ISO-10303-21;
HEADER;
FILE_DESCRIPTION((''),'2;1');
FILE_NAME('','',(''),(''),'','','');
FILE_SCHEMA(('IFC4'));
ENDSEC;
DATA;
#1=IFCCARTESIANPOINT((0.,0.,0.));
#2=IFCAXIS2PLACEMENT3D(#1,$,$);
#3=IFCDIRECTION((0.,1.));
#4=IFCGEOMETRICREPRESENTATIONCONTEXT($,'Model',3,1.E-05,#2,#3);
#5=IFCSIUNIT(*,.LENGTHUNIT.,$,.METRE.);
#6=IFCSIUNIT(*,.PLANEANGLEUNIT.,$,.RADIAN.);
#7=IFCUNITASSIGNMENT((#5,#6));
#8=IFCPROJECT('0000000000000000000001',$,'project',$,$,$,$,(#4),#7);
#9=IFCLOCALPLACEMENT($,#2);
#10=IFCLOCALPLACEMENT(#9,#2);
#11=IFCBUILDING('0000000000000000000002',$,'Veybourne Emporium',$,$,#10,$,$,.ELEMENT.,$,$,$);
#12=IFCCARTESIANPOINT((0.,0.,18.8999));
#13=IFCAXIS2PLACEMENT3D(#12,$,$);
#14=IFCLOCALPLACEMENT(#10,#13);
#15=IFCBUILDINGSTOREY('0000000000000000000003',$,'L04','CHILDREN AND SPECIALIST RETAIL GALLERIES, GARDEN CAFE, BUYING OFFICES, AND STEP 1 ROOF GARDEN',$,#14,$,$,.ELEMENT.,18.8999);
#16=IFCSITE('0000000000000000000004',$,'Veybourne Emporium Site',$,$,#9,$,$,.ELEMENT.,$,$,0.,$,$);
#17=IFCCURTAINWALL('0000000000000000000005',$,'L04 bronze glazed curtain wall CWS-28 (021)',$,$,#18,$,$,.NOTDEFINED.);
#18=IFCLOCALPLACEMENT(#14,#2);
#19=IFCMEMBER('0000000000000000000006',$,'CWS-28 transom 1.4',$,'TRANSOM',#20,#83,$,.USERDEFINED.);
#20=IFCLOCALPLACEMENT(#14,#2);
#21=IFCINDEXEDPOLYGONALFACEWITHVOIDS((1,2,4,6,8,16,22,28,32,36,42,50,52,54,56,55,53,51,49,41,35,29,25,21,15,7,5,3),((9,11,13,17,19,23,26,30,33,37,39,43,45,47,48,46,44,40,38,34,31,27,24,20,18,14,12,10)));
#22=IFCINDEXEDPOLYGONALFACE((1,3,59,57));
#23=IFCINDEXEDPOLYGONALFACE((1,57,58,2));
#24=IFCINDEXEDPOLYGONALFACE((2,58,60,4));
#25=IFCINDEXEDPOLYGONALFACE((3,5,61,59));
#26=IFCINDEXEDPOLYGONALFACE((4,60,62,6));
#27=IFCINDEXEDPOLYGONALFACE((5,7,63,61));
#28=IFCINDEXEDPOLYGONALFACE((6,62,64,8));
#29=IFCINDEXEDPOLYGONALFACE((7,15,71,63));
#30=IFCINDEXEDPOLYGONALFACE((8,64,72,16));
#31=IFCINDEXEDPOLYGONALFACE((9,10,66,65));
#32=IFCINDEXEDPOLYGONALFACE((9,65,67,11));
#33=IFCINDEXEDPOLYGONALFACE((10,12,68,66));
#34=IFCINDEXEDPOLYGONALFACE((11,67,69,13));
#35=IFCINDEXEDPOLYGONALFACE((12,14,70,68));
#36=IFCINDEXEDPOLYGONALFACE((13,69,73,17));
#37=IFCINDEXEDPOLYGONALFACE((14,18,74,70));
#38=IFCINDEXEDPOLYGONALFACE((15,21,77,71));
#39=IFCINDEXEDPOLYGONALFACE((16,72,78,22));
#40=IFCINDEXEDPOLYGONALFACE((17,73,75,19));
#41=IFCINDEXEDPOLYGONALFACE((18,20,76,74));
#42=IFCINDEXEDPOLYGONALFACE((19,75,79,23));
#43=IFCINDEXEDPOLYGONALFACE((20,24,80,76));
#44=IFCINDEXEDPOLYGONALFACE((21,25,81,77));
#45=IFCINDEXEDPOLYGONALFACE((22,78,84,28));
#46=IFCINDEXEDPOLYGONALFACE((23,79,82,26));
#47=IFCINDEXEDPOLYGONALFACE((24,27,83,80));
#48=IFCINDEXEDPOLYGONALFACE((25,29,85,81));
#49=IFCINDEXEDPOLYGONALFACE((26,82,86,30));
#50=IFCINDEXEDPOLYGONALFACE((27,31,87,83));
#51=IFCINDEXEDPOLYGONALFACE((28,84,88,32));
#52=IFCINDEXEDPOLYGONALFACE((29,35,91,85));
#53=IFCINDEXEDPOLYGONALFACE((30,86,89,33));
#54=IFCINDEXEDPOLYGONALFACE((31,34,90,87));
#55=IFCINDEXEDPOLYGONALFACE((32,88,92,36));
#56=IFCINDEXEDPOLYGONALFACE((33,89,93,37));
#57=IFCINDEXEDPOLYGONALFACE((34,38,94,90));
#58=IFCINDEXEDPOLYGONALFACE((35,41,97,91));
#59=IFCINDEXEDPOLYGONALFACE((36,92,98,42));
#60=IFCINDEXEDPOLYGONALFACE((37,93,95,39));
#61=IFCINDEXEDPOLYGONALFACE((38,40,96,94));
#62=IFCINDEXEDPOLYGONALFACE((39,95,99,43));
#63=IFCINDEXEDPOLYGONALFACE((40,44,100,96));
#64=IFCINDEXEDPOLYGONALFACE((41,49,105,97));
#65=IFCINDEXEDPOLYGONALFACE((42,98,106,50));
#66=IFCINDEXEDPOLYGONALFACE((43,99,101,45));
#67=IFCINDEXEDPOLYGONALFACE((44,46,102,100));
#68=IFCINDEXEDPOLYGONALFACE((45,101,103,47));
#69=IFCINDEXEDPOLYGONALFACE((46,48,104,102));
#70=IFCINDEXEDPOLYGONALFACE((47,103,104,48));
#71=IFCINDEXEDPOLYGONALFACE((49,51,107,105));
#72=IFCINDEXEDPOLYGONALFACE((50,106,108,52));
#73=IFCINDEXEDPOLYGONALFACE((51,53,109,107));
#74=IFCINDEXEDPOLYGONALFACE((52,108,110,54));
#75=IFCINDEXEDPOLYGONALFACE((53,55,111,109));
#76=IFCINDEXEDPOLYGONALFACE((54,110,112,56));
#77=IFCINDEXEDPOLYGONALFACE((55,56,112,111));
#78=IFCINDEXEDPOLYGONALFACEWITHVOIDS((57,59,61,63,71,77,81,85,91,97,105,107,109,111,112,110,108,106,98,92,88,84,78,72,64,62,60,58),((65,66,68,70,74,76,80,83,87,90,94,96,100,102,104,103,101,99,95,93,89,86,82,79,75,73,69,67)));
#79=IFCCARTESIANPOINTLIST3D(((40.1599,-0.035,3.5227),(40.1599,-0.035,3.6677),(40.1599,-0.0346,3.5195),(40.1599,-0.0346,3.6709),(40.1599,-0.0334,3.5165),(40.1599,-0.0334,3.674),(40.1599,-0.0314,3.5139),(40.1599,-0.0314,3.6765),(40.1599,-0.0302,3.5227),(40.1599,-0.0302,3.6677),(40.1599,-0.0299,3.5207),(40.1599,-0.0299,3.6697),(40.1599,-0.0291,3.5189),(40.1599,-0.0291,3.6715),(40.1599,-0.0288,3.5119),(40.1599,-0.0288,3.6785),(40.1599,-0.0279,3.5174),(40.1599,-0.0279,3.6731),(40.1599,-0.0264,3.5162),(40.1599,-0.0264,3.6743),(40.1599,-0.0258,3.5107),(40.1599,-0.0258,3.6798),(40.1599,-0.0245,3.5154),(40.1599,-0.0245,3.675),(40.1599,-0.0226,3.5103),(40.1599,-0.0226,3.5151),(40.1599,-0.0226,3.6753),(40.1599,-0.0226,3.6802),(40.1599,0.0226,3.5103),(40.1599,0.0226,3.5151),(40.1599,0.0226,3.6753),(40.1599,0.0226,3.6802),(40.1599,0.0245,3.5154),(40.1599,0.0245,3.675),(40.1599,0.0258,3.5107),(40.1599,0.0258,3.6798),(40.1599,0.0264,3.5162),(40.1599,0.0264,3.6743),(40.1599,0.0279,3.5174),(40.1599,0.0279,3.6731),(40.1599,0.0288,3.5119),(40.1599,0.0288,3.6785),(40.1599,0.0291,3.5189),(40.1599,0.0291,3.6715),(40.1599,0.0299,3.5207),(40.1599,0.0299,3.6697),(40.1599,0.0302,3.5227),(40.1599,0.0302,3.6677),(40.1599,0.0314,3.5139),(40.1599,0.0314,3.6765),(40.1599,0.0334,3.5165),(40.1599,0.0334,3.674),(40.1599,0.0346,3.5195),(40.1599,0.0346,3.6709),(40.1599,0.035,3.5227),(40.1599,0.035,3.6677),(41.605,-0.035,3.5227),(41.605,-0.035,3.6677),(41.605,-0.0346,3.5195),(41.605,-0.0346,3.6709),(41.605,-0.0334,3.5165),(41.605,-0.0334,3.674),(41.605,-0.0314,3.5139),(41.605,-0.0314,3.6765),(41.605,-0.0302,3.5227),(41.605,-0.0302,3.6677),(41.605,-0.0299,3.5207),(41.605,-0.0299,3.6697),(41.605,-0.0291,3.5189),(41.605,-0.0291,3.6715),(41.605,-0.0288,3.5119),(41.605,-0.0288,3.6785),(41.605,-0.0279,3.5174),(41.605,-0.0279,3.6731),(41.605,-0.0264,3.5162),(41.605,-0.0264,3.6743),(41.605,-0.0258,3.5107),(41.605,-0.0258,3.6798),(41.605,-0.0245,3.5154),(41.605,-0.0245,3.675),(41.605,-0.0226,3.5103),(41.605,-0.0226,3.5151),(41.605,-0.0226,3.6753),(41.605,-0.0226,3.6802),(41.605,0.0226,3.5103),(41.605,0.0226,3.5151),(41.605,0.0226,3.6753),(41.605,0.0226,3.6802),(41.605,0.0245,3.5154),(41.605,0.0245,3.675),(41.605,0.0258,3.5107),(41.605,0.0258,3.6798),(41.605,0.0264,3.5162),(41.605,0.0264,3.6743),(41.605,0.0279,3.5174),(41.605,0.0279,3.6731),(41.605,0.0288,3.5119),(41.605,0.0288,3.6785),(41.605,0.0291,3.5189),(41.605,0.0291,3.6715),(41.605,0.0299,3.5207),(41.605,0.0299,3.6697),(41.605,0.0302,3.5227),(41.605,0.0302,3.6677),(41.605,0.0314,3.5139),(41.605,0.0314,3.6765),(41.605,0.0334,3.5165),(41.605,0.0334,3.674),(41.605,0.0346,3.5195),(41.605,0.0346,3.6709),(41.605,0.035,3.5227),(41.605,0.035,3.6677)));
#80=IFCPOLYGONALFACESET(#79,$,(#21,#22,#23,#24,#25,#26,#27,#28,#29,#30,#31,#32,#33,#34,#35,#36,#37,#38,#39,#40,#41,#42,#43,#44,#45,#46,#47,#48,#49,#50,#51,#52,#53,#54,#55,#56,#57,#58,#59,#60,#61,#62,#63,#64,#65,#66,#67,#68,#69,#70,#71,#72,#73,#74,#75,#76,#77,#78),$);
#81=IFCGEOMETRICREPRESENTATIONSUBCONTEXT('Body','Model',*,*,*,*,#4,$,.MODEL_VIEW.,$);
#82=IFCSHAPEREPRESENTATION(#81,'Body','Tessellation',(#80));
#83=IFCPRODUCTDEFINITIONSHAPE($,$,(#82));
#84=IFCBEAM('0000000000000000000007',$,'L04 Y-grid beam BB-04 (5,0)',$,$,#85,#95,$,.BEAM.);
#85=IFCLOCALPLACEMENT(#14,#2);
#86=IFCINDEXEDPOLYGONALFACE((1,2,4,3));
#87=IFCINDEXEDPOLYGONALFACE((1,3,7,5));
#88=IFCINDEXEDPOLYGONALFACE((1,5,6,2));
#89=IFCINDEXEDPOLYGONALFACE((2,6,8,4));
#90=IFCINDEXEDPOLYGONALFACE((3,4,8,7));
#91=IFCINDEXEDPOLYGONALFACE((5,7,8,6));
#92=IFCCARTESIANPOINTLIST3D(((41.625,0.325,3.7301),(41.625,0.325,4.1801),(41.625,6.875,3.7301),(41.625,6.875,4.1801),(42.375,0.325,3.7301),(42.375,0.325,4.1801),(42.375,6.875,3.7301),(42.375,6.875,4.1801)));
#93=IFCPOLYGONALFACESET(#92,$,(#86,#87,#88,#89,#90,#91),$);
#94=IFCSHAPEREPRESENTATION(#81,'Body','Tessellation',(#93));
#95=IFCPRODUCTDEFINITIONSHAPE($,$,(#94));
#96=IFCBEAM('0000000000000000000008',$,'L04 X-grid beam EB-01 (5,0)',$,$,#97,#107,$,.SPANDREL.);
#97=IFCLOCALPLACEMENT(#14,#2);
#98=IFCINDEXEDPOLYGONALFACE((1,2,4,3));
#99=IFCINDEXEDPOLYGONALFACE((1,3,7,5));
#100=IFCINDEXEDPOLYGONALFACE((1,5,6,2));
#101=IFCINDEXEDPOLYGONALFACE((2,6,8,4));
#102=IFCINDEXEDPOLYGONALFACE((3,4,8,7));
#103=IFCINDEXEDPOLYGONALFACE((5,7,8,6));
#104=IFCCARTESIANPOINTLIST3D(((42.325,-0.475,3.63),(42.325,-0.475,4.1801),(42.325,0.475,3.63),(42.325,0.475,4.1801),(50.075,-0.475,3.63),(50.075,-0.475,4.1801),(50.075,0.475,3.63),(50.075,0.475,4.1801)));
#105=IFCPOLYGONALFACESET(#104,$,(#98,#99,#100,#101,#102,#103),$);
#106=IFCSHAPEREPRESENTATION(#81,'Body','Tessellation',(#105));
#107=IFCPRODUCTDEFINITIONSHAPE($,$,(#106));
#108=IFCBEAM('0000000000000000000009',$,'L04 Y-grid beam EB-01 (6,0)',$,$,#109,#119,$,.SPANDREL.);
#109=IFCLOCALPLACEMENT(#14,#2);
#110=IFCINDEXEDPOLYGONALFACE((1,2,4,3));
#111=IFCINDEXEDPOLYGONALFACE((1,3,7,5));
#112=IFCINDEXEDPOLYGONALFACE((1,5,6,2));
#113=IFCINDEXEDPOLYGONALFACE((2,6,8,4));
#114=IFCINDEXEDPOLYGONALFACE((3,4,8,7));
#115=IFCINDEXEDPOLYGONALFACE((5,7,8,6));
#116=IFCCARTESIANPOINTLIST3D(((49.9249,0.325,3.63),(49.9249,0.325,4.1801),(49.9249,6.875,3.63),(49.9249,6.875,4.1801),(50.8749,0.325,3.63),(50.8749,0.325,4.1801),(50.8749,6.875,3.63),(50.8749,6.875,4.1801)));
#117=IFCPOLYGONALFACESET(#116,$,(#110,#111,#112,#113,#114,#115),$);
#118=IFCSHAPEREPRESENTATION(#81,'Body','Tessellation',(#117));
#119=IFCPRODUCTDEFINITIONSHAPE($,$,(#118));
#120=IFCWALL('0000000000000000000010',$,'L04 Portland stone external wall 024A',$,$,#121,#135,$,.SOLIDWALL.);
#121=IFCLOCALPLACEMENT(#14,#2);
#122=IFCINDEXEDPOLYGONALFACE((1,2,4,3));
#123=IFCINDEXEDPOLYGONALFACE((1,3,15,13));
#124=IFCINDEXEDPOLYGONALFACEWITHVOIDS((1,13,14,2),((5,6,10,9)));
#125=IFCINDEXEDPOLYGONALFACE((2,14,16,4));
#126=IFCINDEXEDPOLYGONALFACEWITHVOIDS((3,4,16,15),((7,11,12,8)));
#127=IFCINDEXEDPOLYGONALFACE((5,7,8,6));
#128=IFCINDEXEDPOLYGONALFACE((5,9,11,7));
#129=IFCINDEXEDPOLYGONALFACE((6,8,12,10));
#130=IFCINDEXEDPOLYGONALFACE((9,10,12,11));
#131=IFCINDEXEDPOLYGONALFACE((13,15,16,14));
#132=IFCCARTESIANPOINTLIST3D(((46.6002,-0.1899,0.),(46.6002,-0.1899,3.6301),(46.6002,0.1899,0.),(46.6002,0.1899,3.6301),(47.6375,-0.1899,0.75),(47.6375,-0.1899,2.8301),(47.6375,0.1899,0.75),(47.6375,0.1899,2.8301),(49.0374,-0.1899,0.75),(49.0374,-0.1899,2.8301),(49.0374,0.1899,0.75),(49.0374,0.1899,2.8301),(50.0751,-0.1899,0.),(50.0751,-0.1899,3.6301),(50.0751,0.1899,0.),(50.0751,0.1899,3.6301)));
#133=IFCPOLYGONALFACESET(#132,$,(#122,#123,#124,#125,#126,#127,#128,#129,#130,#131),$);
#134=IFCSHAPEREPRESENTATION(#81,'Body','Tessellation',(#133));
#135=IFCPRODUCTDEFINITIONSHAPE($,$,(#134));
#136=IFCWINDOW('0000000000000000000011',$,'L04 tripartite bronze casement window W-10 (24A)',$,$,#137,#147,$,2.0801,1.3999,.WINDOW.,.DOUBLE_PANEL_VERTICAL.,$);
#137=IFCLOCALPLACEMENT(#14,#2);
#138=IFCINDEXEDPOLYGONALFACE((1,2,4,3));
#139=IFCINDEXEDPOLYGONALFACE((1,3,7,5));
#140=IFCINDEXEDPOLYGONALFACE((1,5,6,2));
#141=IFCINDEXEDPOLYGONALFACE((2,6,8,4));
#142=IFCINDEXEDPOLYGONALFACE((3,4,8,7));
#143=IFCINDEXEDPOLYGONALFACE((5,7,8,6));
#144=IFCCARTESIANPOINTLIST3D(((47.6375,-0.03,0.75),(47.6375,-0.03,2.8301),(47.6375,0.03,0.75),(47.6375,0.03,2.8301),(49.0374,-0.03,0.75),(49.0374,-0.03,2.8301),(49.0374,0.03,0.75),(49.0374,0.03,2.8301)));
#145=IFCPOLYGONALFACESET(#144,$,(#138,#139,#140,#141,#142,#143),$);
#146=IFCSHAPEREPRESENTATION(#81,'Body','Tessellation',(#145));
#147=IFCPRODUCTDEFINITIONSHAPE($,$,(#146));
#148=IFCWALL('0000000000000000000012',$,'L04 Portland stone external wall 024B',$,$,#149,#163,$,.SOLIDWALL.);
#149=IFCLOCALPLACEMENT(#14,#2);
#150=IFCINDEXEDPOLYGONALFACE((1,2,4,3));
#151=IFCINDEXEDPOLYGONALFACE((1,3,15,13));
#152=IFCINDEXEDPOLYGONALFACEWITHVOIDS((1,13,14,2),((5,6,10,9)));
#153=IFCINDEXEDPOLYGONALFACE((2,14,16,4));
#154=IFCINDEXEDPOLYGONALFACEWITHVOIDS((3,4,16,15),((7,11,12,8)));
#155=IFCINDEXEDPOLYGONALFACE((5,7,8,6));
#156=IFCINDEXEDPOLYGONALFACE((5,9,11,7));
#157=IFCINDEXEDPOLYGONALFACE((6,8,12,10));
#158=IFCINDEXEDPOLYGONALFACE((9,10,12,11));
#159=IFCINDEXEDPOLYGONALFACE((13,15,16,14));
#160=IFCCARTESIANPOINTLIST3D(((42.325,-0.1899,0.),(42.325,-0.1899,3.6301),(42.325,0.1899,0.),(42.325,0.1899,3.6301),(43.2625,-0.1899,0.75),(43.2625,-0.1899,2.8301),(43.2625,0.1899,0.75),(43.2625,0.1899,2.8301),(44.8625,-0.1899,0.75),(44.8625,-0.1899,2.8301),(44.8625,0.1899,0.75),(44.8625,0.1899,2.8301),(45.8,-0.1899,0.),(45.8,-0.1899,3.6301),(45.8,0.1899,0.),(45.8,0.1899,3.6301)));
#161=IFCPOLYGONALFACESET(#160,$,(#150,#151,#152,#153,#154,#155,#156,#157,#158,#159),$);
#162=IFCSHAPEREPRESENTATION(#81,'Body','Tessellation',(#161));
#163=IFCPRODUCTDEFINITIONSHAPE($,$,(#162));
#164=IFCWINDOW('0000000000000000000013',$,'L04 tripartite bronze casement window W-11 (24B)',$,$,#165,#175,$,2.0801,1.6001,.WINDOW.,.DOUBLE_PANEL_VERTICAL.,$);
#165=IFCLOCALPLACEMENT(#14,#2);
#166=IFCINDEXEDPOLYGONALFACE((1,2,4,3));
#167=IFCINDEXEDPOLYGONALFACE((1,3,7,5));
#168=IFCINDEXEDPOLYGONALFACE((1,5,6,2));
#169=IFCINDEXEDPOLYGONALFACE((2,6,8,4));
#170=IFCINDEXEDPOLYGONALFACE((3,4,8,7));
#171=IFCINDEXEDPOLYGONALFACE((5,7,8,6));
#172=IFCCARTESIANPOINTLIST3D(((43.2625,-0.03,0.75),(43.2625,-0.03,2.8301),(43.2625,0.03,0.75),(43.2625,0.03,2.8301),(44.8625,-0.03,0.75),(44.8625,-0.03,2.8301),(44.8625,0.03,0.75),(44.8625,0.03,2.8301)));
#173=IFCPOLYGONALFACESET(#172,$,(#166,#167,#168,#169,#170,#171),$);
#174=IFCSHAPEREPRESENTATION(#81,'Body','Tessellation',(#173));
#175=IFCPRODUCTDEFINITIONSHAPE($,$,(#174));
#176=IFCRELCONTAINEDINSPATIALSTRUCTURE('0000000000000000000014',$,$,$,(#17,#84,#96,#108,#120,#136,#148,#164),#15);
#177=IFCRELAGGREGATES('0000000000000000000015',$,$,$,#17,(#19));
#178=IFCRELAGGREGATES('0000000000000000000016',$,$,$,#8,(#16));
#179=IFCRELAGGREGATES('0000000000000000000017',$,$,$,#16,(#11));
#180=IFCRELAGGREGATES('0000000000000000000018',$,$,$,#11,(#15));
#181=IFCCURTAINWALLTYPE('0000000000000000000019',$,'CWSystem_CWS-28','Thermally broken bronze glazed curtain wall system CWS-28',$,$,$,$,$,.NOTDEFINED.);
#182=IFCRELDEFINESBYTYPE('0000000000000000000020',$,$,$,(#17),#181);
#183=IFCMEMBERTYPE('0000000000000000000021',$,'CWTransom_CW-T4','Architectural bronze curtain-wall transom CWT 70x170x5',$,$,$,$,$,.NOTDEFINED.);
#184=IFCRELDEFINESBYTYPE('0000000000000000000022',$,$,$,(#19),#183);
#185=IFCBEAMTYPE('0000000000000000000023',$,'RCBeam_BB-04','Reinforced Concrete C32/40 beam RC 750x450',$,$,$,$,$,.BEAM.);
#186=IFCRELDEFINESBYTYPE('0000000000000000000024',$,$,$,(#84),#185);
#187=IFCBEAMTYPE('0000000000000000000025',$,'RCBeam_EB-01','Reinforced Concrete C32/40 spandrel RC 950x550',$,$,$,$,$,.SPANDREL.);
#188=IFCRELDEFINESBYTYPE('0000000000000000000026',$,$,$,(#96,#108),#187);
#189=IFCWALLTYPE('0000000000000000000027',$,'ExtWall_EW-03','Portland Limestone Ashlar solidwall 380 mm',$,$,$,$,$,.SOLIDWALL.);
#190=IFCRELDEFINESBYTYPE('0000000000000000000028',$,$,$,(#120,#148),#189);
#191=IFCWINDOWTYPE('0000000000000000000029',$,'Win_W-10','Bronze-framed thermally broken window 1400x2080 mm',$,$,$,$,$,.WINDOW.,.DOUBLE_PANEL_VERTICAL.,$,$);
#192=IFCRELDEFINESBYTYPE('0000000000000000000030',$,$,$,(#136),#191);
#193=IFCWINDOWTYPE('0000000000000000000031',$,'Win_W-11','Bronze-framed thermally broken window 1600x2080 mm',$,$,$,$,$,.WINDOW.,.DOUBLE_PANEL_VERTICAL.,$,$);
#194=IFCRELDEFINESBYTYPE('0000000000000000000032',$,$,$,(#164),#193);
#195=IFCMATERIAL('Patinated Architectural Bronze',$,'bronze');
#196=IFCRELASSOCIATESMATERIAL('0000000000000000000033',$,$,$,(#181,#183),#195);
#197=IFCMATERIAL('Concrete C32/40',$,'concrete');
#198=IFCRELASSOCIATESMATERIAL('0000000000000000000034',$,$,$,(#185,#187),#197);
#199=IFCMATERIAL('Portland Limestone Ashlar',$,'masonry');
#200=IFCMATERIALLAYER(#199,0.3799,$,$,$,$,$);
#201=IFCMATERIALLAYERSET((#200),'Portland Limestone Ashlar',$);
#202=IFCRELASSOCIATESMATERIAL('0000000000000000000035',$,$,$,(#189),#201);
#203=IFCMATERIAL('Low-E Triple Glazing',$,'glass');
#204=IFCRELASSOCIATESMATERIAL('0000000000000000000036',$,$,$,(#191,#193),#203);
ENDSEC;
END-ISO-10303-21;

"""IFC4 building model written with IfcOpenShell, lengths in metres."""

from ifc_helpers import new_model, si_unit, direction, frame, frame_2d, origin, origin_2d, place, context, subcontext, project, spatial, rectangle, hollow_rectangle, extrude, material, layer, layer_set, material_profile, profile_set, type_object, element, fill, aggregate, save


model = new_model("IFC4")

# Units and contexts
model_context = context("Model", 3, precision=1e-05, world=origin(), true_north=direction((0.0, 1.0)))
body_context = subcontext(model_context, "Body", "Model", "MODEL_VIEW")
ifc_project = project(units=[si_unit("LENGTHUNIT", "METRE"), si_unit("PLANEANGLEUNIT", "RADIAN")], contexts=[model_context])

# Site, building, storey
site_placement = place(None, origin())
site = spatial("IfcSite", under=ifc_project, at=site_placement, Name="Veybourne Emporium Site", CompositionType="ELEMENT", RefElevation=0.0)
building_placement = place(site_placement, origin())
building = spatial("IfcBuilding", under=site, at=building_placement, Name="Veybourne Emporium", CompositionType="ELEMENT")
storey_placement = place(building_placement, frame((0.0, 0.0, 18.8999)))
storey = spatial("IfcBuildingStorey", under=building, at=storey_placement, Name="L04", Description="CHILDREN AND SPECIALIST RETAIL GALLERIES, GARDEN CAFE, BUYING OFFICES, AND STEP 1 ROOF GARDEN", CompositionType="ELEMENT", Elevation=18.8999)

# Curtain wall, member
ifc_material_1 = material(Name="Patinated Architectural Bronze", Category="bronze")
curtain_wall_type = type_object("IfcCurtainWallType", Name="CWSystem_CWS-28", Description="Thermally broken bronze glazed curtain wall system CWS-28", PredefinedType="NOTDEFINED", material=ifc_material_1)
curtain_wall_placement = place(storey_placement, origin())
curtain_wall = element("IfcCurtainWall", 1, at=curtain_wall_placement, inside=storey, type_object=curtain_wall_type, Name="L04 bronze glazed curtain wall CWS-28 (021)", PredefinedType="NOTDEFINED")
ifc_material_profile_1 = material_profile(ifc_material_1, hollow_rectangle(XDim=0.0701, YDim=0.1699, WallThickness=0.0049, InnerFilletRadius=0.0076, OuterFilletRadius=0.0125, at=origin_2d()), Name="CWT 70x170x5")
ifc_profile_set_1 = profile_set([ifc_material_profile_1], Name="Patinated Architectural Bronze")
member_type_1 = type_object("IfcMemberType", Name="CWTransom_CW-T4", Description="Architectural bronze curtain-wall transom CWT 70x170x5", PredefinedType="NOTDEFINED", material=ifc_profile_set_1)
member_1_placement = place(storey_placement, frame((41.605, 0.0, 3.5952), z_axis=(-1.0, 0.0, 0.0), x_axis=(0.0, -1.0, 0.0)))
member_1 = element("IfcMember", 2, at=member_1_placement, type_object=member_type_1, Name="CWS-28 transom 1.4", ObjectType="TRANSOM", PredefinedType="USERDEFINED", context=body_context, shape_type="SweptSolid", body=[
    extrude(hollow_rectangle(XDim=0.0701, YDim=0.1699, WallThickness=0.0049, InnerFilletRadius=0.0076, OuterFilletRadius=0.0125, at=origin_2d()), origin(), (0.0, 0.0, 1.0), 1.4451),
])
aggregate(curtain_wall, [member_1])

# Beams
ifc_material_2 = material(Name="Concrete C32/40", Category="concrete")
ifc_material_profile_2 = material_profile(ifc_material_2, rectangle(XDim=0.75, YDim=0.45, at=origin_2d()), Name="RC 750x450")
ifc_profile_set_2 = profile_set([ifc_material_profile_2], Name="Concrete C32/40")
beam_type_1 = type_object("IfcBeamType", Name="RCBeam_BB-04", Description="Reinforced Concrete C32/40 beam RC 750x450", PredefinedType="BEAM", material=ifc_profile_set_2)
beam_1_placement = place(storey_placement, frame((42.0, 0.325, 3.9551), z_axis=(0.0, 1.0, 0.0), x_axis=(-1.0, 0.0, 0.0)))
element("IfcBeam", 3, at=beam_1_placement, inside=storey, type_object=beam_type_1, Name="L04 Y-grid beam BB-04 (5,0)", PredefinedType="BEAM", context=body_context, shape_type="SweptSolid", body=[
    extrude(rectangle(XDim=0.75, YDim=0.45, at=origin_2d()), origin(), (0.0, 0.0, 1.0), 6.55),
])
ifc_material_profile_3 = material_profile(ifc_material_2, rectangle(XDim=0.95, YDim=0.55, at=origin_2d()), Name="RC 950x550")
ifc_profile_set_3 = profile_set([ifc_material_profile_3], Name="Concrete C32/40")
beam_type_2 = type_object("IfcBeamType", Name="RCBeam_EB-01", Description="Reinforced Concrete C32/40 spandrel RC 950x550", PredefinedType="SPANDREL", material=ifc_profile_set_3)
beam_2_placement = place(storey_placement, frame((42.325, 0.0, 3.905), z_axis=(1.0, 0.0, 0.0), x_axis=(0.0, 1.0, 0.0)))
element("IfcBeam", 4, at=beam_2_placement, inside=storey, type_object=beam_type_2, Name="L04 X-grid beam EB-01 (5,0)", PredefinedType="SPANDREL", context=body_context, shape_type="SweptSolid", body=[
    extrude(rectangle(XDim=0.95, YDim=0.55, at=origin_2d()), origin(), (0.0, 0.0, 1.0), 7.75),
])
beam_3_placement = place(storey_placement, frame((50.3999, 0.325, 3.905), z_axis=(0.0, 1.0, 0.0), x_axis=(-1.0, 0.0, 0.0)))
element("IfcBeam", 5, at=beam_3_placement, inside=storey, type_object=beam_type_2, Name="L04 Y-grid beam EB-01 (6,0)", PredefinedType="SPANDREL", context=body_context, shape_type="SweptSolid", body=[
    extrude(rectangle(XDim=0.95, YDim=0.55, at=origin_2d()), origin(), (0.0, 0.0, 1.0), 6.55),
])

# Walls, openings, windows
ifc_material_3 = material(Name="Portland Limestone Ashlar", Category="masonry")
ifc_layer = layer(ifc_material_3, 0.3799)
ifc_layer_set = layer_set([ifc_layer], Name="Portland Limestone Ashlar")
wall_type = type_object("IfcWallType", Name="ExtWall_EW-03", Description="Portland Limestone Ashlar solidwall 380 mm", PredefinedType="SOLIDWALL", material=ifc_layer_set)
wall_1_placement = place(storey_placement, frame((50.075, 0.0, 0.0), z_axis=(0.0, 0.0, 1.0), x_axis=(-1.0, 0.0, 0.0)))
wall_1 = element("IfcWall", 6, at=wall_1_placement, inside=storey, type_object=wall_type, Name="L04 Portland stone external wall 024A", PredefinedType="SOLIDWALL", context=body_context, shape_type="SweptSolid", body=[
    extrude(rectangle(XDim=3.4749, YDim=0.3799, at=frame_2d((1.7373, 0.0))), origin(), (0.0, 0.0, 1.0), 3.6301),
])
opening_1_placement = place(wall_1_placement, frame((1.0376, 0.0, 0.75)))
opening_1 = element("IfcOpeningElement", 7, at=opening_1_placement, cuts=wall_1, PredefinedType="OPENING", context=body_context, shape_type="SweptSolid", body=[
    extrude(rectangle(XDim=1.3999, YDim=2.0801, at=frame_2d((0.7, 1.04))), frame((0.0, 0.21, 0.0), z_axis=(0.0, -1.0, 0.0), x_axis=(1.0, 0.0, 0.0)), (0.0, 0.0, 1.0), 0.4199),
])
ifc_material_4 = material(Name="Low-E Triple Glazing", Category="glass")
window_type_1 = type_object("IfcWindowType", Name="Win_W-10", Description="Bronze-framed thermally broken window 1400x2080 mm", PartitioningType="DOUBLE_PANEL_VERTICAL", PredefinedType="WINDOW", material=ifc_material_4)
window_1_placement = place(opening_1_placement, origin())
window_1 = element("IfcWindow", 8, at=window_1_placement, inside=storey, type_object=window_type_1, Name="L04 tripartite bronze casement window W-10 (24A)", OverallHeight=2.0801, OverallWidth=1.3999, PartitioningType="DOUBLE_PANEL_VERTICAL", PredefinedType="WINDOW", context=body_context, shape_type="SweptSolid", body=[
    extrude(rectangle(XDim=1.3999, YDim=2.0801, at=frame_2d((0.7, 1.04))), frame((0.0, 0.03, 0.0), z_axis=(0.0, -1.0, 0.0), x_axis=(1.0, 0.0, 0.0)), (0.0, 0.0, 1.0), 0.0601),
])
fill(opening_1, window_1)
wall_2_placement = place(storey_placement, frame((45.8, 0.0, 0.0), z_axis=(0.0, 0.0, 1.0), x_axis=(-1.0, 0.0, 0.0)))
wall_2 = element("IfcWall", 9, at=wall_2_placement, inside=storey, type_object=wall_type, Name="L04 Portland stone external wall 024B", PredefinedType="SOLIDWALL", context=body_context, shape_type="SweptSolid", body=[
    extrude(rectangle(XDim=3.4751, YDim=0.3799, at=frame_2d((1.7375, 0.0))), origin(), (0.0, 0.0, 1.0), 3.6301),
])
opening_2_placement = place(wall_2_placement, frame((0.9375, 0.0, 0.75)))
opening_2 = element("IfcOpeningElement", 10, at=opening_2_placement, cuts=wall_2, PredefinedType="OPENING", context=body_context, shape_type="SweptSolid", body=[
    extrude(rectangle(XDim=1.6001, YDim=2.0801, at=frame_2d((0.8, 1.04))), frame((0.0, 0.21, 0.0), z_axis=(0.0, -1.0, 0.0), x_axis=(1.0, 0.0, 0.0)), (0.0, 0.0, 1.0), 0.4199),
])
window_type_2 = type_object("IfcWindowType", Name="Win_W-11", Description="Bronze-framed thermally broken window 1600x2080 mm", PartitioningType="DOUBLE_PANEL_VERTICAL", PredefinedType="WINDOW", material=ifc_material_4)
window_2_placement = place(opening_2_placement, origin())
window_2 = element("IfcWindow", 11, at=window_2_placement, inside=storey, type_object=window_type_2, Name="L04 tripartite bronze casement window W-11 (24B)", OverallHeight=2.0801, OverallWidth=1.6001, PartitioningType="DOUBLE_PANEL_VERTICAL", PredefinedType="WINDOW", context=body_context, shape_type="SweptSolid", body=[
    extrude(rectangle(XDim=1.6001, YDim=2.0801, at=frame_2d((0.8, 1.04))), frame((0.0, 0.03, 0.0), z_axis=(0.0, -1.0, 0.0), x_axis=(1.0, 0.0, 0.0)), (0.0, 0.0, 1.0), 0.0601),
])
fill(opening_2, window_2)

save(model, "model.ifc")
